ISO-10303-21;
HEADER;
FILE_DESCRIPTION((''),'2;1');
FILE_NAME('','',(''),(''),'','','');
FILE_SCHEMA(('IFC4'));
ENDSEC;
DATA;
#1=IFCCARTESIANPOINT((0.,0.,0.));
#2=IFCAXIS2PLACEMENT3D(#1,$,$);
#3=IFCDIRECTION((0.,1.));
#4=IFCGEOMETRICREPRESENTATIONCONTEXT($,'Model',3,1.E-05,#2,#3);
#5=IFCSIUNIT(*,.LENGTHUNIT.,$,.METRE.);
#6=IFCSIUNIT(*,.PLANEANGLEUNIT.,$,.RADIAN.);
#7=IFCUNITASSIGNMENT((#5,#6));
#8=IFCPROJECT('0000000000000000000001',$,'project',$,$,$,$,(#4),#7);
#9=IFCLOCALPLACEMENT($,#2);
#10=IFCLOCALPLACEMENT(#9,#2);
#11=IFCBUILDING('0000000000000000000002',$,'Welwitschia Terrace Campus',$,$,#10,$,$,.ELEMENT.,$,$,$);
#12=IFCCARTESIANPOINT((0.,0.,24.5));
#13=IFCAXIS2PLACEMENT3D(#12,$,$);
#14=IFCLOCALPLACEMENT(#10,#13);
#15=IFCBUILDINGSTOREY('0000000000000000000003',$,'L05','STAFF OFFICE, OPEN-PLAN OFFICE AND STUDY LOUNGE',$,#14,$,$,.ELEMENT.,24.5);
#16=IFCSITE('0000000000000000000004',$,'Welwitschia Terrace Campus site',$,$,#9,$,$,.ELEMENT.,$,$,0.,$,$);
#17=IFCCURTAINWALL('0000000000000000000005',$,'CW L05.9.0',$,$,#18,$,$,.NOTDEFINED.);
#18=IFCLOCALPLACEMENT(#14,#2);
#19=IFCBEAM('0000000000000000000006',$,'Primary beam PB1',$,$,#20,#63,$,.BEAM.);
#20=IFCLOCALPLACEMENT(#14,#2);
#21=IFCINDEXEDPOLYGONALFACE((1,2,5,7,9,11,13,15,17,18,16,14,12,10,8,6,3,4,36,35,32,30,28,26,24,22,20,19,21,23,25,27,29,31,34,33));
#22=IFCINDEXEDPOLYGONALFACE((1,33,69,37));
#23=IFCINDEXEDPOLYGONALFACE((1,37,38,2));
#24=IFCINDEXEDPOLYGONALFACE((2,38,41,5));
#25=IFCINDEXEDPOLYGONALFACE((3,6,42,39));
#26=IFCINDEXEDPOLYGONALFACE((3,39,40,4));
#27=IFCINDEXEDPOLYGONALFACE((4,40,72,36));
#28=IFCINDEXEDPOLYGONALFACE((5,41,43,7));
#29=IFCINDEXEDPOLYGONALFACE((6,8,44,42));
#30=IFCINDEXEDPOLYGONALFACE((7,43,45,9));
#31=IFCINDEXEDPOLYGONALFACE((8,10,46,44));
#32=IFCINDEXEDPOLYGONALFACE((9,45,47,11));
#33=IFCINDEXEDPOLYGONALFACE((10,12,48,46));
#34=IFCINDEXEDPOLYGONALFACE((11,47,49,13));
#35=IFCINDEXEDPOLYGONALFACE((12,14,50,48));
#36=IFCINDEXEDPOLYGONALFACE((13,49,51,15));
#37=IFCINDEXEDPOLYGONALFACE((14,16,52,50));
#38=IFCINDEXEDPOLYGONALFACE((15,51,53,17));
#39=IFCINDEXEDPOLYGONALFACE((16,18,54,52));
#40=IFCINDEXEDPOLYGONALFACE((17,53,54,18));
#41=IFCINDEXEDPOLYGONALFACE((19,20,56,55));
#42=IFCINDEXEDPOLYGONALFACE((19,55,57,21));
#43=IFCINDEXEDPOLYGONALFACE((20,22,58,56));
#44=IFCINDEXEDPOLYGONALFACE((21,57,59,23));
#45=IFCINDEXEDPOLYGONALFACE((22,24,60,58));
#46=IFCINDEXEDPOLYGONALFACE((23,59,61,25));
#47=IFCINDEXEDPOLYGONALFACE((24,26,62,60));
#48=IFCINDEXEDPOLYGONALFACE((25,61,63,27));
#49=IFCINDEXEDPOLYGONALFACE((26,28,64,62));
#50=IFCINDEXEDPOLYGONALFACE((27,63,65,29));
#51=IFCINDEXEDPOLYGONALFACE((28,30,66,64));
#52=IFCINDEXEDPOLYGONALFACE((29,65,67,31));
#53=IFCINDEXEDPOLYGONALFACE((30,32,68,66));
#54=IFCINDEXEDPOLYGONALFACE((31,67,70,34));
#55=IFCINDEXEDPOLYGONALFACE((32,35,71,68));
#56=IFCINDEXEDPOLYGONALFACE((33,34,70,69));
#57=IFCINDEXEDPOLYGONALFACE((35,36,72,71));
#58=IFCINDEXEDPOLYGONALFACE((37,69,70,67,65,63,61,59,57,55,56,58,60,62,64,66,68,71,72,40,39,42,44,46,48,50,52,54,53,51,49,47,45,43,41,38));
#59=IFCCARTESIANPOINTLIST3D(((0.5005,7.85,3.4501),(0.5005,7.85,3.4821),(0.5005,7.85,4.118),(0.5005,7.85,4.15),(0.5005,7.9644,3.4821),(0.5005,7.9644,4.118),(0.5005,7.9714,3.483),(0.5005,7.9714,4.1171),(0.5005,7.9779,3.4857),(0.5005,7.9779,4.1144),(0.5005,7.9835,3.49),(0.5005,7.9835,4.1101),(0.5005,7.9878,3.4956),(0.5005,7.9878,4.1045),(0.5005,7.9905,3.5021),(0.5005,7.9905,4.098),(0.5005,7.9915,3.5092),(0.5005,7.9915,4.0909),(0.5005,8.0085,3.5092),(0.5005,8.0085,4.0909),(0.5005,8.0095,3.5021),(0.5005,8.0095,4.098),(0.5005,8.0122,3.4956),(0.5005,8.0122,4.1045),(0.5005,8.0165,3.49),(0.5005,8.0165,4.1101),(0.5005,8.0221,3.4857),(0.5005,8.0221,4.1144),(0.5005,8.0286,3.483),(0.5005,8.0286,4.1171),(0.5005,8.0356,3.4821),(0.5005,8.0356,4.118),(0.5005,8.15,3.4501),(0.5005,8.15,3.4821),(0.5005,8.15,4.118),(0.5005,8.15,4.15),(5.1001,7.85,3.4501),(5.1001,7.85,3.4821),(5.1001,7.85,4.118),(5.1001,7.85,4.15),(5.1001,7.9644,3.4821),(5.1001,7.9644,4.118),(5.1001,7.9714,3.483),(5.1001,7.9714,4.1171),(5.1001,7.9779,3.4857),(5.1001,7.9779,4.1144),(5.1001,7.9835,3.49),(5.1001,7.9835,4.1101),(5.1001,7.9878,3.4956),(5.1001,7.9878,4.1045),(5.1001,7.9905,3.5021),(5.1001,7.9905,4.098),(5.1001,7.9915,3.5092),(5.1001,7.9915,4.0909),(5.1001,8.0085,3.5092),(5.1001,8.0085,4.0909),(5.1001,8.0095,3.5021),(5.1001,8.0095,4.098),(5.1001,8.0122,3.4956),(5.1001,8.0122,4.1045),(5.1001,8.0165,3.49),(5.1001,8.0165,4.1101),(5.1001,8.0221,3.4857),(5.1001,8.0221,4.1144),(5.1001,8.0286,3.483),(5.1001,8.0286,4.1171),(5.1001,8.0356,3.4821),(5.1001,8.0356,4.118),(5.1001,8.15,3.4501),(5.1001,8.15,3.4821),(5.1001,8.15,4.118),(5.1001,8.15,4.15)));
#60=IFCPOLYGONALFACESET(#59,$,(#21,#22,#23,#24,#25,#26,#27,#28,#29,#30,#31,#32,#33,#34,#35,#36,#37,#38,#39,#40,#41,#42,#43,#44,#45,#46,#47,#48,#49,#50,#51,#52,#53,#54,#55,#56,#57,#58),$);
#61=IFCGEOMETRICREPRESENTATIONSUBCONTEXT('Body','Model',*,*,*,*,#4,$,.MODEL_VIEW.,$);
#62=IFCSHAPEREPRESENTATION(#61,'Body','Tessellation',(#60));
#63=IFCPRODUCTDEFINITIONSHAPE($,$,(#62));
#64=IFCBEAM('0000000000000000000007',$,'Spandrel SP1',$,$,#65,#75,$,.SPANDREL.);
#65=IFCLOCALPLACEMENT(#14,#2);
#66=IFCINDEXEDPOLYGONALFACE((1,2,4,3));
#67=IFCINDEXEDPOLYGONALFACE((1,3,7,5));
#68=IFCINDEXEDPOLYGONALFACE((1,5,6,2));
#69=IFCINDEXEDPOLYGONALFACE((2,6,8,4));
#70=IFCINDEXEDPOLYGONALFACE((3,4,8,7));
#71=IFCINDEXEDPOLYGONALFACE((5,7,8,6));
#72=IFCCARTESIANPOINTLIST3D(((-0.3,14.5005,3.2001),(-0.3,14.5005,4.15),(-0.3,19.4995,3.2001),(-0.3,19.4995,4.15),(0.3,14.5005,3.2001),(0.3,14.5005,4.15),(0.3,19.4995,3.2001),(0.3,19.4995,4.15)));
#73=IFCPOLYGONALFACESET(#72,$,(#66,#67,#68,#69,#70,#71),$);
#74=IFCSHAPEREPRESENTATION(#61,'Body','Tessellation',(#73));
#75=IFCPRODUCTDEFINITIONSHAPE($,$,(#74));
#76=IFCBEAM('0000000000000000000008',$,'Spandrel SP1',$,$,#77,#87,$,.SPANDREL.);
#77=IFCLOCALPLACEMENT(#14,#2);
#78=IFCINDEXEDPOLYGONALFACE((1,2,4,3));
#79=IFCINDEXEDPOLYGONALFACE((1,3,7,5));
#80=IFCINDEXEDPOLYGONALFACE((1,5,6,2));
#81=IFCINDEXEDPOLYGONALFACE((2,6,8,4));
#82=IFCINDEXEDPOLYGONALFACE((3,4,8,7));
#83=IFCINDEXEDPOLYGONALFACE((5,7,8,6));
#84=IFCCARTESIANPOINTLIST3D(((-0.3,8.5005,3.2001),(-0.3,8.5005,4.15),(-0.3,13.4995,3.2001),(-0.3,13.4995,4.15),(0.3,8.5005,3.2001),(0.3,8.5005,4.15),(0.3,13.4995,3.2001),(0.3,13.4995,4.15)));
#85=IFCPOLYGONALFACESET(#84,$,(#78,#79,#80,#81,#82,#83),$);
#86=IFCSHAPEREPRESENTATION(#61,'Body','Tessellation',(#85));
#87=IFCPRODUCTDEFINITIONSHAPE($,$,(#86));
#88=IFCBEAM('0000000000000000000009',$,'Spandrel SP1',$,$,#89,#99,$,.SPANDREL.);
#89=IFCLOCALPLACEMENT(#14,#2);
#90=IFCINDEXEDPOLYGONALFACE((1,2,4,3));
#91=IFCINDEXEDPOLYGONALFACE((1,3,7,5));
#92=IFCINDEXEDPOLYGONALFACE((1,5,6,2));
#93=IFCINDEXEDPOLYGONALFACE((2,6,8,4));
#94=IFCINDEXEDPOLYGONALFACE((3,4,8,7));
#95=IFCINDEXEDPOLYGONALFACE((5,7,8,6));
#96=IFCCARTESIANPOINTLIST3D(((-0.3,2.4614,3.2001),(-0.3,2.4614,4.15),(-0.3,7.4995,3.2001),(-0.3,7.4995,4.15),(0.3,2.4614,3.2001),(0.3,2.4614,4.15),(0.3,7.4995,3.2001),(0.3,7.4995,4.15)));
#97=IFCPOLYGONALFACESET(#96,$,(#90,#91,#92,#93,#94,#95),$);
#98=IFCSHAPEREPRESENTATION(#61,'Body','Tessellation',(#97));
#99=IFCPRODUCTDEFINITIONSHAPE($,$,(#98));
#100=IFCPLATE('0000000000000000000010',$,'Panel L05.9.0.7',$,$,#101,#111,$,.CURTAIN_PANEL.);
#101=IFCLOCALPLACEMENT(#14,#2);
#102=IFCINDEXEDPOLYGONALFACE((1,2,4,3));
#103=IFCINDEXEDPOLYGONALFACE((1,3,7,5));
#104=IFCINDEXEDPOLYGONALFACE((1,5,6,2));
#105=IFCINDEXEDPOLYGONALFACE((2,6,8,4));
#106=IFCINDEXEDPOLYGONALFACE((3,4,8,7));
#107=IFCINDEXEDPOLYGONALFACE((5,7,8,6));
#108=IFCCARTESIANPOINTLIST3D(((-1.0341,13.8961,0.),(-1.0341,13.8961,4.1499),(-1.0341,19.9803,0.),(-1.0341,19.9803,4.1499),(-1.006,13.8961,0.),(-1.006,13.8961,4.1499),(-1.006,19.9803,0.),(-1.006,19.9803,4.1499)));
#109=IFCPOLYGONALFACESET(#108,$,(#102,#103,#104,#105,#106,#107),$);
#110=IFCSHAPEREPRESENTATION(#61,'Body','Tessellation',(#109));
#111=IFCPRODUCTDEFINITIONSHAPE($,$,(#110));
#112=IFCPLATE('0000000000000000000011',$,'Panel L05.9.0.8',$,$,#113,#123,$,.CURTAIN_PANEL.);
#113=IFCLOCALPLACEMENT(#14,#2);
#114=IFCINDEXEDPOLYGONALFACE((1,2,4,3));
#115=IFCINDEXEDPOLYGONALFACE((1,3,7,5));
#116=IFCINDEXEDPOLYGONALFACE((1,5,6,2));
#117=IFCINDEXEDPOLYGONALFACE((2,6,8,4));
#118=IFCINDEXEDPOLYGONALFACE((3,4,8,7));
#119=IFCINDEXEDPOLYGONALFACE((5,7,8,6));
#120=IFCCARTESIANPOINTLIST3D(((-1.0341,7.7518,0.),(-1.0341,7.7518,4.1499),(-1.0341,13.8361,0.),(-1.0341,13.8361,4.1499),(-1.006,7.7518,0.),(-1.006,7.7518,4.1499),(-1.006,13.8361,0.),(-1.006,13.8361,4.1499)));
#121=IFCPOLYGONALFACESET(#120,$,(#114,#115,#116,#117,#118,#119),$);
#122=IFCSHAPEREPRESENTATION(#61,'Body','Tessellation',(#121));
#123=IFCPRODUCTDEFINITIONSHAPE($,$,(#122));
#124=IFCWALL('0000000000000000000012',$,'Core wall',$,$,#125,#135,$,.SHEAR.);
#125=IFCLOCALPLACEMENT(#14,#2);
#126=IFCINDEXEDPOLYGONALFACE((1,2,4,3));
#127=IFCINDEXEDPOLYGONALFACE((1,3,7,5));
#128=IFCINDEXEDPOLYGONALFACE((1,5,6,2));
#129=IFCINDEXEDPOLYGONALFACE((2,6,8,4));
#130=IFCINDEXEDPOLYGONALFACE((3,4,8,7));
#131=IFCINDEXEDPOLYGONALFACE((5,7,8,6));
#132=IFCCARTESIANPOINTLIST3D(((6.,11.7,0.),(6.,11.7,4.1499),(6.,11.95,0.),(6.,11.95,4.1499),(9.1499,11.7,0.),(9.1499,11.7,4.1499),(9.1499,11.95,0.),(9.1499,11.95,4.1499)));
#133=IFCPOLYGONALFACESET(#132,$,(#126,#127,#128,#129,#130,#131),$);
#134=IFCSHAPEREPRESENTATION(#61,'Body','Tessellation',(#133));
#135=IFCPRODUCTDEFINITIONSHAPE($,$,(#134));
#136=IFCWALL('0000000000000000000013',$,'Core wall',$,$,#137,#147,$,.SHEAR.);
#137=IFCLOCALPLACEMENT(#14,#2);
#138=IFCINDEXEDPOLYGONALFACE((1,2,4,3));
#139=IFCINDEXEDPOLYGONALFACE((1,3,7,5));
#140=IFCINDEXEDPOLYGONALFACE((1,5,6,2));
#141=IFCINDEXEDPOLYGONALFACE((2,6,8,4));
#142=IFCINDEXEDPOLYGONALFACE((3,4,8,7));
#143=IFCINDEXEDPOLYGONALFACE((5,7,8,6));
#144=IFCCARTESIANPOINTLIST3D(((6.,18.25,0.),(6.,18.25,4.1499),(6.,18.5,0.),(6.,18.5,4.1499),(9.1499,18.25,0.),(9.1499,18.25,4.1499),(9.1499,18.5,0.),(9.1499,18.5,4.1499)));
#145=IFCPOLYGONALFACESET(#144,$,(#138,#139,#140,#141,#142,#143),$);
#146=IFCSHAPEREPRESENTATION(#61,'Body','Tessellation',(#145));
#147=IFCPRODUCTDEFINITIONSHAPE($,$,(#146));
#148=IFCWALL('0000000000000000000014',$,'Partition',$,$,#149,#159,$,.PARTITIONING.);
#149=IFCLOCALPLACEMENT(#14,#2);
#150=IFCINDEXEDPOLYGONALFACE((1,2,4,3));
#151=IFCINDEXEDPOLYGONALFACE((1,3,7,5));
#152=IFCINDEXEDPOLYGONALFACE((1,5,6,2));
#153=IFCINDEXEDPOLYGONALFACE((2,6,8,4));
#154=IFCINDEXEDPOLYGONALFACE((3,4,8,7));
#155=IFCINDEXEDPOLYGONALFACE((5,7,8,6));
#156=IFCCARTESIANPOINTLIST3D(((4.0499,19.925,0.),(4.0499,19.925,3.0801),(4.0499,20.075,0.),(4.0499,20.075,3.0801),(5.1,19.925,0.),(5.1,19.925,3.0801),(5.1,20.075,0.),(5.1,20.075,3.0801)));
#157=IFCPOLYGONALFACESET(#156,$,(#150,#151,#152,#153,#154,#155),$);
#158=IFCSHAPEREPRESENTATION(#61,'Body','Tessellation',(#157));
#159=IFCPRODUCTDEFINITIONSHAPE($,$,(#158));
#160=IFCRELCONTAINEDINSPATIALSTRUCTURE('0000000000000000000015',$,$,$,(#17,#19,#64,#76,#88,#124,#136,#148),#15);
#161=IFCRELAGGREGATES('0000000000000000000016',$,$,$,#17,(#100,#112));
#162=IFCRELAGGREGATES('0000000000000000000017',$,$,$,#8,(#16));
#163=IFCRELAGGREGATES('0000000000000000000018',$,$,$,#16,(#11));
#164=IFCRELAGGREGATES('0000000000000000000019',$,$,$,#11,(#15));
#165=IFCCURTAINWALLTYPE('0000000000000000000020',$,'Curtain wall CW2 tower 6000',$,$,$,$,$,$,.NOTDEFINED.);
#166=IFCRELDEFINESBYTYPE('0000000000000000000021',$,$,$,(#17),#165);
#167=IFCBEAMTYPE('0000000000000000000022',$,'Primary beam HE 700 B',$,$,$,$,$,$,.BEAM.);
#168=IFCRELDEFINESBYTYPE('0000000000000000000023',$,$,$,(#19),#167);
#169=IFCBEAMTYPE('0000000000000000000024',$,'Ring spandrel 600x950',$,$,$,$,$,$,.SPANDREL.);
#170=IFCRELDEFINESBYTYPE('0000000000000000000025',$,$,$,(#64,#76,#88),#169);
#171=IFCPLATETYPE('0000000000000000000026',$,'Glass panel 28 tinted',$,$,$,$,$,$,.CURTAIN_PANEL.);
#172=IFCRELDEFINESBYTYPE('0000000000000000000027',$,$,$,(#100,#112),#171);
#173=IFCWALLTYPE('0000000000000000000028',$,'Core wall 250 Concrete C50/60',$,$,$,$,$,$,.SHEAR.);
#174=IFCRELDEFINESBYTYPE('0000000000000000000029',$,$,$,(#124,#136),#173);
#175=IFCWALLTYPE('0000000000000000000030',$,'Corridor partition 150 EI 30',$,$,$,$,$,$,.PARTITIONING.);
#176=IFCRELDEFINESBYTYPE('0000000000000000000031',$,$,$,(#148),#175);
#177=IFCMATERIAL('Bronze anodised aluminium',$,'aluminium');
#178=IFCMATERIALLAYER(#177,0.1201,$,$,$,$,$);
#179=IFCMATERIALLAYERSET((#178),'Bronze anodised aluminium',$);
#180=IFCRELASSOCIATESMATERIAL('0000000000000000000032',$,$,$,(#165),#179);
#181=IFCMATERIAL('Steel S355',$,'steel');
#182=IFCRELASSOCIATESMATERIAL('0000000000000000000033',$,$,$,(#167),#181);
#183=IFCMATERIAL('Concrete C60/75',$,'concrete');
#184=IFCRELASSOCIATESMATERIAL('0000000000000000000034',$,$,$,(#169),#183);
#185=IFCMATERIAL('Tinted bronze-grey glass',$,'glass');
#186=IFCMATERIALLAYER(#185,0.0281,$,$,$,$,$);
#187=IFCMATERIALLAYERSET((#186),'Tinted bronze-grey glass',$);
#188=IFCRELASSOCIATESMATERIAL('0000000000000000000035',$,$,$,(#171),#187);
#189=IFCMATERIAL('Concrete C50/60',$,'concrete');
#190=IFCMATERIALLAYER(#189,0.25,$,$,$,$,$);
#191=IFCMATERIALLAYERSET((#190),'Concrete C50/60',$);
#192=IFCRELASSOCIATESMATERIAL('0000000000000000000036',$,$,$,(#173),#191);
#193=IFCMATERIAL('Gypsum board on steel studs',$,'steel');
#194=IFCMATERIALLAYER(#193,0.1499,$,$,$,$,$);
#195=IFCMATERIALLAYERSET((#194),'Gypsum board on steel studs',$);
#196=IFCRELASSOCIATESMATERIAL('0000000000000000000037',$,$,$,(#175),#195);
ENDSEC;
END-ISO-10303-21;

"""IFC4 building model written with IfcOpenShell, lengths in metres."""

from ifc_helpers import new_model, si_unit, direction, frame, frame_2d, origin, origin_2d, place, context, subcontext, project, spatial, rectangle, i_section, extrude, material, layer, layer_set, material_profile, profile_set, type_object, element, aggregate, save


model = new_model("IFC4")

# Units and contexts
model_context = context("Model", 3, precision=1e-05, world=origin(), true_north=direction((0.0, 1.0)))
body_context = subcontext(model_context, "Body", "Model", "MODEL_VIEW")
ifc_project = project(units=[si_unit("LENGTHUNIT", "METRE"), si_unit("PLANEANGLEUNIT", "RADIAN")], contexts=[model_context])

# Site, building, storey
site_placement = place(None, origin())
site = spatial("IfcSite", under=ifc_project, at=site_placement, Name="Welwitschia Terrace Campus site", CompositionType="ELEMENT", RefElevation=0.0)
building_placement = place(site_placement, origin())
building = spatial("IfcBuilding", under=site, at=building_placement, Name="Welwitschia Terrace Campus", CompositionType="ELEMENT")
storey_placement = place(building_placement, frame((0.0, 0.0, 24.5)))
storey = spatial("IfcBuildingStorey", under=building, at=storey_placement, Name="L05", Description="STAFF OFFICE, OPEN-PLAN OFFICE AND STUDY LOUNGE", CompositionType="ELEMENT", Elevation=24.5)

# Curtain wall
ifc_material_1 = material(Name="Bronze anodised aluminium", Category="aluminium")
ifc_layer_1 = layer(ifc_material_1, 0.1201)
ifc_layer_set_1 = layer_set([ifc_layer_1], Name="Bronze anodised aluminium")
curtain_wall_type = type_object("IfcCurtainWallType", Name="Curtain wall CW2 tower 6000", PredefinedType="NOTDEFINED", material=ifc_layer_set_1)
curtain_wall_placement = place(storey_placement, origin())
curtain_wall = element("IfcCurtainWall", 1, at=curtain_wall_placement, inside=storey, type_object=curtain_wall_type, Name="CW L05.9.0", PredefinedType="NOTDEFINED")

# Beams
ifc_material_2 = material(Name="Steel S355", Category="steel")
ifc_material_profile_1 = material_profile(ifc_material_2, i_section(OverallWidth=0.3, OverallDepth=0.7, WebThickness=0.0171, FlangeThickness=0.032, FilletRadius=0.0271, at=origin_2d()))
ifc_profile_set_1 = profile_set([ifc_material_profile_1], Name="Steel S355")
beam_type_1 = type_object("IfcBeamType", Name="Primary beam HE 700 B", PredefinedType="BEAM", material=ifc_profile_set_1)
for number, where, z_axis, x_axis, name in (
    (2, (0.5005, 8.0, 3.8), (1.0, 0.0, 0.0), (0.0, 1.0, 0.0), "Primary beam PB1"),
):
    element("IfcBeam", number, at=place(storey_placement, frame(where, z_axis=z_axis, x_axis=x_axis)), inside=storey, type_object=beam_type_1, Name=name, PredefinedType="BEAM", context=body_context, shape_type="SweptSolid", body=[
        extrude(i_section(OverallWidth=0.3, OverallDepth=0.7, WebThickness=0.0171, FlangeThickness=0.032, FilletRadius=0.0271, at=origin_2d()), origin(), (0.0, 0.0, 1.0), 4.5996),
    ])
ifc_material_3 = material(Name="Concrete C60/75", Category="concrete")
ifc_material_profile_2 = material_profile(ifc_material_3, rectangle(XDim=0.6001, YDim=0.95, at=origin_2d()))
ifc_profile_set_2 = profile_set([ifc_material_profile_2], Name="Concrete C60/75")
beam_type_2 = type_object("IfcBeamType", Name="Ring spandrel 600x950", PredefinedType="SPANDREL", material=ifc_profile_set_2)
for number, where, z_axis, x_axis, name in (
    (3, (0.0, 19.4995, 3.675), (0.0, -1.0, 0.0), (1.0, 0.0, 0.0), "Spandrel SP1"),
    (4, (0.0, 13.4995, 3.675), (0.0, -1.0, 0.0), (1.0, 0.0, 0.0), "Spandrel SP1"),
):
    element("IfcBeam", number, at=place(storey_placement, frame(where, z_axis=z_axis, x_axis=x_axis)), inside=storey, type_object=beam_type_2, Name=name, PredefinedType="SPANDREL", context=body_context, shape_type="SweptSolid", body=[
        extrude(rectangle(XDim=0.6001, YDim=0.95, at=origin_2d()), origin(), (0.0, 0.0, 1.0), 4.999),
    ])
beam_1_placement = place(storey_placement, frame((0.0, 7.4995, 3.675), z_axis=(0.0, -1.0, 0.0), x_axis=(1.0, 0.0, 0.0)))
element("IfcBeam", 5, at=beam_1_placement, inside=storey, type_object=beam_type_2, Name="Spandrel SP1", PredefinedType="SPANDREL", context=body_context, shape_type="SweptSolid", body=[
    extrude(rectangle(XDim=0.6001, YDim=0.95, at=origin_2d()), origin(), (0.0, 0.0, 1.0), 5.0381),
])

# Plates
ifc_material_4 = material(Name="Tinted bronze-grey glass", Category="glass")
ifc_layer_2 = layer(ifc_material_4, 0.0281)
ifc_layer_set_2 = layer_set([ifc_layer_2], Name="Tinted bronze-grey glass")
plate_type = type_object("IfcPlateType", Name="Glass panel 28 tinted", PredefinedType="CURTAIN_PANEL", material=ifc_layer_set_2)
plate_1_placement = place(storey_placement, frame((-1.02, 16.9382, 0.0), z_axis=(0.0, 0.0, 1.0), x_axis=(0.0, -1.0, 0.0)))
plate_1 = element("IfcPlate", 6, at=plate_1_placement, type_object=plate_type, Name="Panel L05.9.0.7", PredefinedType="CURTAIN_PANEL", context=body_context, shape_type="SweptSolid", body=[
    extrude(rectangle(XDim=6.0842, YDim=0.0281, at=origin_2d()), origin(), (0.0, 0.0, 1.0), 4.1499),
])
plate_2_placement = place(storey_placement, frame((-1.02, 10.7939, 0.0), z_axis=(0.0, 0.0, 1.0), x_axis=(0.0, -1.0, 0.0)))
plate_2 = element("IfcPlate", 7, at=plate_2_placement, type_object=plate_type, Name="Panel L05.9.0.8", PredefinedType="CURTAIN_PANEL", context=body_context, shape_type="SweptSolid", body=[
    extrude(rectangle(XDim=6.0842, YDim=0.0281, at=origin_2d()), origin(), (0.0, 0.0, 1.0), 4.1499),
])
aggregate(curtain_wall, [plate_1, plate_2])

# Walls
ifc_material_5 = material(Name="Concrete C50/60", Category="concrete")
ifc_layer_3 = layer(ifc_material_5, 0.25)
ifc_layer_set_3 = layer_set([ifc_layer_3], Name="Concrete C50/60")
wall_type_1 = type_object("IfcWallType", Name="Core wall 250 Concrete C50/60", PredefinedType="SHEAR", material=ifc_layer_set_3)
for number, where, z_axis, x_axis, name in (
    (8, (6.0, 11.825, 0.0), (0.0, 0.0, 1.0), (1.0, 0.0, 0.0), "Core wall"),
    (9, (6.0, 18.375, 0.0), (0.0, 0.0, 1.0), (1.0, 0.0, 0.0), "Core wall"),
):
    element("IfcWall", number, at=place(storey_placement, frame(where, z_axis=z_axis, x_axis=x_axis)), inside=storey, type_object=wall_type_1, Name=name, PredefinedType="SHEAR", context=body_context, shape_type="SweptSolid", body=[
        extrude(rectangle(XDim=3.1499, YDim=0.25, at=frame_2d((1.575, 0.0))), origin(), (0.0, 0.0, 1.0), 4.1499),
    ])
ifc_material_6 = material(Name="Gypsum board on steel studs", Category="steel")
ifc_layer_4 = layer(ifc_material_6, 0.1499)
ifc_layer_set_4 = layer_set([ifc_layer_4], Name="Gypsum board on steel studs")
wall_type_2 = type_object("IfcWallType", Name="Corridor partition 150 EI 30", PredefinedType="PARTITIONING", material=ifc_layer_set_4)
wall_placement = place(storey_placement, frame((4.05, 20.0, 0.0), z_axis=(0.0, 0.0, 1.0), x_axis=(1.0, 0.0, 0.0)))
element("IfcWall", 10, at=wall_placement, inside=storey, type_object=wall_type_2, Name="Partition", PredefinedType="PARTITIONING", context=body_context, shape_type="SweptSolid", body=[
    extrude(rectangle(XDim=1.05, YDim=0.1499, at=frame_2d((0.5249, 0.0))), origin(), (0.0, 0.0, 1.0), 3.0801),
])

save(model, "model.ifc")
